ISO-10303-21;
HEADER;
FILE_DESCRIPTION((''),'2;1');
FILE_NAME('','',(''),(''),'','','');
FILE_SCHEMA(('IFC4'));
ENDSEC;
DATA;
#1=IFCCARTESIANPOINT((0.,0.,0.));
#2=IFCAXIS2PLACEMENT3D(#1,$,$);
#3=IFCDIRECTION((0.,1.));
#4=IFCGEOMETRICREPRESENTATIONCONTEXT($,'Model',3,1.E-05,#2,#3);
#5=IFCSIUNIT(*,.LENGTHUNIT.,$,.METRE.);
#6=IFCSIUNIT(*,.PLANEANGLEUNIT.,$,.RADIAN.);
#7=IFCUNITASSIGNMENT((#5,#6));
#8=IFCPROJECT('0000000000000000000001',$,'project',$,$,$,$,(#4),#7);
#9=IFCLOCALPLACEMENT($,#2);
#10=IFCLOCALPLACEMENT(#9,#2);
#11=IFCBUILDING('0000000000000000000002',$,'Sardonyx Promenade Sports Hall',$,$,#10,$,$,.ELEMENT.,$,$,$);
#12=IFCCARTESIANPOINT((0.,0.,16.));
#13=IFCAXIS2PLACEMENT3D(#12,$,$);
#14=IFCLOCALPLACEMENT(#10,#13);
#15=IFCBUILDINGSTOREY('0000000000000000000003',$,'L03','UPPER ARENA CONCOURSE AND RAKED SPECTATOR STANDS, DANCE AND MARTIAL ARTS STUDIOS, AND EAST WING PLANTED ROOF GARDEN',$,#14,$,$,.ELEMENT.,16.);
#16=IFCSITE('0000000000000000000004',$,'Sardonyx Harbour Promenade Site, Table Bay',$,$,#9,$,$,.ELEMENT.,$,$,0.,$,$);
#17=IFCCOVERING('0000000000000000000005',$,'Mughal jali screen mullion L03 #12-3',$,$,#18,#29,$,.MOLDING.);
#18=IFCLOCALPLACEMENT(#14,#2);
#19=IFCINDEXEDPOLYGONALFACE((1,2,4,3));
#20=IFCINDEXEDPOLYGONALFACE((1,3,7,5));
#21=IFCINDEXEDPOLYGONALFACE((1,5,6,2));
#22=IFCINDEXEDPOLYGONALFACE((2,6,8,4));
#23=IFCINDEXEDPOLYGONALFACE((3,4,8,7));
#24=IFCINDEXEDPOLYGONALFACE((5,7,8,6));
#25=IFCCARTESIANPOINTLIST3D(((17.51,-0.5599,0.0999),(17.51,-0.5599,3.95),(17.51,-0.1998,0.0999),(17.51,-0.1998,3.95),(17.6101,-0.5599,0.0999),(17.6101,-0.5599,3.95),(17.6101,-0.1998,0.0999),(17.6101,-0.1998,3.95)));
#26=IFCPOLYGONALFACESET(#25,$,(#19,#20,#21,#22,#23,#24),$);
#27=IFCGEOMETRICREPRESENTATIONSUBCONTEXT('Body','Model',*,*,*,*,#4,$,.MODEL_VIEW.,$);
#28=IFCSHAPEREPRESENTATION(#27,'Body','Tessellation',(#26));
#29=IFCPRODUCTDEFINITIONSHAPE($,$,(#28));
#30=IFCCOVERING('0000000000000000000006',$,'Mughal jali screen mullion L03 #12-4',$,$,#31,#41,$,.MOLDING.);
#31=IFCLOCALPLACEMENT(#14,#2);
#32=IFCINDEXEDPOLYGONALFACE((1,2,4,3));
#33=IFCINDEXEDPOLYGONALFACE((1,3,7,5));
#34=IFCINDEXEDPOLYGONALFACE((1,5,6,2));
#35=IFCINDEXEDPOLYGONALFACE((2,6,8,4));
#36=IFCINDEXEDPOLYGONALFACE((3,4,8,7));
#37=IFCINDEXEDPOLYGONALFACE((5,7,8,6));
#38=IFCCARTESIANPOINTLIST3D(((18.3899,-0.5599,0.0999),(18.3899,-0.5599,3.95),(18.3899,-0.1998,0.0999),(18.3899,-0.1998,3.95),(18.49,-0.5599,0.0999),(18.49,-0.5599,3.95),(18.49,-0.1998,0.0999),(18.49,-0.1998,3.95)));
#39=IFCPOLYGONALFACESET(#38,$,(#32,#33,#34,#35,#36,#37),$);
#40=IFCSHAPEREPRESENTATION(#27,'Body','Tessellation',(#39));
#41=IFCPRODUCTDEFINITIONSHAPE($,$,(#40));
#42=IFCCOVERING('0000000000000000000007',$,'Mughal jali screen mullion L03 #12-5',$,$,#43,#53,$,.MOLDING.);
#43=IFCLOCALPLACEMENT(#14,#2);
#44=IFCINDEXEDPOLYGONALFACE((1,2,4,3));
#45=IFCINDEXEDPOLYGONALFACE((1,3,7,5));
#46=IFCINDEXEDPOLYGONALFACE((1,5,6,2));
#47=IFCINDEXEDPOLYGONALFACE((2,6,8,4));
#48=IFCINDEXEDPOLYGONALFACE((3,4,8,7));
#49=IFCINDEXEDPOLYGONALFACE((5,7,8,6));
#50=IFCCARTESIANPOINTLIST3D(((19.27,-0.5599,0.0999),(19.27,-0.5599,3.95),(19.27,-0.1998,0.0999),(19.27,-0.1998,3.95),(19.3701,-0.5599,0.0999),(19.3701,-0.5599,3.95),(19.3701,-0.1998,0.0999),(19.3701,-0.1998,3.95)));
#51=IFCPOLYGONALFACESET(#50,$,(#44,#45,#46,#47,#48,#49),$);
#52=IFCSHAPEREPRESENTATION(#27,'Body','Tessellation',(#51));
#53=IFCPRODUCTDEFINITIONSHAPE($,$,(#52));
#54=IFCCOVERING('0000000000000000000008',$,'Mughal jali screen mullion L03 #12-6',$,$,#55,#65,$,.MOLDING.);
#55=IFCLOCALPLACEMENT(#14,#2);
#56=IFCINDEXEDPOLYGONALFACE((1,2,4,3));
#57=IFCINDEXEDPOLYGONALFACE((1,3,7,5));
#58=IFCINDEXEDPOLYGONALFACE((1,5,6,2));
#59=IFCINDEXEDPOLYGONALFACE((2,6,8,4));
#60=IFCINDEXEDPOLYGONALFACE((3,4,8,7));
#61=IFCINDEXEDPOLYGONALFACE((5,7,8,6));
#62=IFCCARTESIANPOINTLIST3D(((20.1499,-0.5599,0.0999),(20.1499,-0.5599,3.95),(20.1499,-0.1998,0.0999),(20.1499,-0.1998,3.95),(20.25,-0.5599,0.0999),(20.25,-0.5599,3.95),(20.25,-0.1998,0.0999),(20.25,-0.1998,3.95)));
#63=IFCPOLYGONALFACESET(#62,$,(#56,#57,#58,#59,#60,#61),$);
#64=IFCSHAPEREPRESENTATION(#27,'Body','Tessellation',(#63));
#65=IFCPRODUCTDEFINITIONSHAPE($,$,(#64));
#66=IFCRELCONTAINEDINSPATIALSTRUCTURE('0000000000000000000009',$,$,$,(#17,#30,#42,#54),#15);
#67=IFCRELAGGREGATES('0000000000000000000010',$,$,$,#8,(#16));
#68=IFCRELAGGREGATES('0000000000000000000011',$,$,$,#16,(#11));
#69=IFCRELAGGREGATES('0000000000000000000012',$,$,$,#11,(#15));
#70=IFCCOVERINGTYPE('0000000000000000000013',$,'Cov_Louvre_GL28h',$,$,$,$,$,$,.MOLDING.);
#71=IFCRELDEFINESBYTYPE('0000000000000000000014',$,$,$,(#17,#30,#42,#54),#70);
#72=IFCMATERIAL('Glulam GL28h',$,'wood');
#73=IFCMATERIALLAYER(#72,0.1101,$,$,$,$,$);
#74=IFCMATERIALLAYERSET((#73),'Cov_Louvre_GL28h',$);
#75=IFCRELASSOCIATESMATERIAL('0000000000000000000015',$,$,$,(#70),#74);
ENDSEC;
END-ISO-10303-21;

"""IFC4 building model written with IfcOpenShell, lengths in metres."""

from ifc_helpers import new_model, si_unit, direction, frame, origin, origin_2d, place, context, subcontext, project, spatial, rectangle, extrude, material, layer, layer_set, type_object, element, save


model = new_model("IFC4")

# Units and contexts
model_context = context("Model", 3, precision=1e-05, world=origin(), true_north=direction((0.0, 1.0)))
body_context = subcontext(model_context, "Body", "Model", "MODEL_VIEW")
ifc_project = project(units=[si_unit("LENGTHUNIT", "METRE"), si_unit("PLANEANGLEUNIT", "RADIAN")], contexts=[model_context])

# Site, building, storey
site_placement = place(None, origin())
site = spatial("IfcSite", under=ifc_project, at=site_placement, Name="Sardonyx Harbour Promenade Site, Table Bay", CompositionType="ELEMENT", RefElevation=0.0)
building_placement = place(site_placement, origin())
building = spatial("IfcBuilding", under=site, at=building_placement, Name="Sardonyx Promenade Sports Hall", CompositionType="ELEMENT")
storey_placement = place(building_placement, frame((0.0, 0.0, 16.0)))
storey = spatial("IfcBuildingStorey", under=building, at=storey_placement, Name="L03", Description="UPPER ARENA CONCOURSE AND RAKED SPECTATOR STANDS, DANCE AND MARTIAL ARTS STUDIOS, AND EAST WING PLANTED ROOF GARDEN", CompositionType="ELEMENT", Elevation=16.0)

# Coverings
ifc_material_1 = material(Name="Glulam GL28h", Category="wood")
ifc_layer_1 = layer(ifc_material_1, 0.1101)
ifc_layer_set_1 = layer_set([ifc_layer_1], Name="Cov_Louvre_GL28h")
covering_type_1 = type_object("IfcCoveringType", Name="Cov_Louvre_GL28h", PredefinedType="MOLDING", material=ifc_layer_set_1)
for number, where, z_axis, x_axis, name in (
    (1, (17.5601, -0.3799, 0.0999), (0.0, 0.0, 1.0), (1.0, 0.0, 0.0), "Mughal jali screen mullion L03 #12-3"),
    (2, (18.4399, -0.3799, 0.0999), (0.0, 0.0, 1.0), (1.0, 0.0, 0.0), "Mughal jali screen mullion L03 #12-4"),
    (3, (19.3201, -0.3799, 0.0999), (0.0, 0.0, 1.0), (1.0, 0.0, 0.0), "Mughal jali screen mullion L03 #12-5"),
    (4, (20.2, -0.3799, 0.0999), (0.0, 0.0, 1.0), (1.0, 0.0, 0.0), "Mughal jali screen mullion L03 #12-6"),
):
    element("IfcCovering", number, at=place(storey_placement, frame(where, z_axis=z_axis, x_axis=x_axis)), inside=storey, type_object=covering_type_1, Name=name, PredefinedType="MOLDING", context=body_context, shape_type="SweptSolid", body=[
        extrude(rectangle(XDim=0.1001, YDim=0.3601, at=origin_2d()), origin(), (0.0, 0.0, 1.0), 3.8501),
    ])

save(model, "model.ifc")
